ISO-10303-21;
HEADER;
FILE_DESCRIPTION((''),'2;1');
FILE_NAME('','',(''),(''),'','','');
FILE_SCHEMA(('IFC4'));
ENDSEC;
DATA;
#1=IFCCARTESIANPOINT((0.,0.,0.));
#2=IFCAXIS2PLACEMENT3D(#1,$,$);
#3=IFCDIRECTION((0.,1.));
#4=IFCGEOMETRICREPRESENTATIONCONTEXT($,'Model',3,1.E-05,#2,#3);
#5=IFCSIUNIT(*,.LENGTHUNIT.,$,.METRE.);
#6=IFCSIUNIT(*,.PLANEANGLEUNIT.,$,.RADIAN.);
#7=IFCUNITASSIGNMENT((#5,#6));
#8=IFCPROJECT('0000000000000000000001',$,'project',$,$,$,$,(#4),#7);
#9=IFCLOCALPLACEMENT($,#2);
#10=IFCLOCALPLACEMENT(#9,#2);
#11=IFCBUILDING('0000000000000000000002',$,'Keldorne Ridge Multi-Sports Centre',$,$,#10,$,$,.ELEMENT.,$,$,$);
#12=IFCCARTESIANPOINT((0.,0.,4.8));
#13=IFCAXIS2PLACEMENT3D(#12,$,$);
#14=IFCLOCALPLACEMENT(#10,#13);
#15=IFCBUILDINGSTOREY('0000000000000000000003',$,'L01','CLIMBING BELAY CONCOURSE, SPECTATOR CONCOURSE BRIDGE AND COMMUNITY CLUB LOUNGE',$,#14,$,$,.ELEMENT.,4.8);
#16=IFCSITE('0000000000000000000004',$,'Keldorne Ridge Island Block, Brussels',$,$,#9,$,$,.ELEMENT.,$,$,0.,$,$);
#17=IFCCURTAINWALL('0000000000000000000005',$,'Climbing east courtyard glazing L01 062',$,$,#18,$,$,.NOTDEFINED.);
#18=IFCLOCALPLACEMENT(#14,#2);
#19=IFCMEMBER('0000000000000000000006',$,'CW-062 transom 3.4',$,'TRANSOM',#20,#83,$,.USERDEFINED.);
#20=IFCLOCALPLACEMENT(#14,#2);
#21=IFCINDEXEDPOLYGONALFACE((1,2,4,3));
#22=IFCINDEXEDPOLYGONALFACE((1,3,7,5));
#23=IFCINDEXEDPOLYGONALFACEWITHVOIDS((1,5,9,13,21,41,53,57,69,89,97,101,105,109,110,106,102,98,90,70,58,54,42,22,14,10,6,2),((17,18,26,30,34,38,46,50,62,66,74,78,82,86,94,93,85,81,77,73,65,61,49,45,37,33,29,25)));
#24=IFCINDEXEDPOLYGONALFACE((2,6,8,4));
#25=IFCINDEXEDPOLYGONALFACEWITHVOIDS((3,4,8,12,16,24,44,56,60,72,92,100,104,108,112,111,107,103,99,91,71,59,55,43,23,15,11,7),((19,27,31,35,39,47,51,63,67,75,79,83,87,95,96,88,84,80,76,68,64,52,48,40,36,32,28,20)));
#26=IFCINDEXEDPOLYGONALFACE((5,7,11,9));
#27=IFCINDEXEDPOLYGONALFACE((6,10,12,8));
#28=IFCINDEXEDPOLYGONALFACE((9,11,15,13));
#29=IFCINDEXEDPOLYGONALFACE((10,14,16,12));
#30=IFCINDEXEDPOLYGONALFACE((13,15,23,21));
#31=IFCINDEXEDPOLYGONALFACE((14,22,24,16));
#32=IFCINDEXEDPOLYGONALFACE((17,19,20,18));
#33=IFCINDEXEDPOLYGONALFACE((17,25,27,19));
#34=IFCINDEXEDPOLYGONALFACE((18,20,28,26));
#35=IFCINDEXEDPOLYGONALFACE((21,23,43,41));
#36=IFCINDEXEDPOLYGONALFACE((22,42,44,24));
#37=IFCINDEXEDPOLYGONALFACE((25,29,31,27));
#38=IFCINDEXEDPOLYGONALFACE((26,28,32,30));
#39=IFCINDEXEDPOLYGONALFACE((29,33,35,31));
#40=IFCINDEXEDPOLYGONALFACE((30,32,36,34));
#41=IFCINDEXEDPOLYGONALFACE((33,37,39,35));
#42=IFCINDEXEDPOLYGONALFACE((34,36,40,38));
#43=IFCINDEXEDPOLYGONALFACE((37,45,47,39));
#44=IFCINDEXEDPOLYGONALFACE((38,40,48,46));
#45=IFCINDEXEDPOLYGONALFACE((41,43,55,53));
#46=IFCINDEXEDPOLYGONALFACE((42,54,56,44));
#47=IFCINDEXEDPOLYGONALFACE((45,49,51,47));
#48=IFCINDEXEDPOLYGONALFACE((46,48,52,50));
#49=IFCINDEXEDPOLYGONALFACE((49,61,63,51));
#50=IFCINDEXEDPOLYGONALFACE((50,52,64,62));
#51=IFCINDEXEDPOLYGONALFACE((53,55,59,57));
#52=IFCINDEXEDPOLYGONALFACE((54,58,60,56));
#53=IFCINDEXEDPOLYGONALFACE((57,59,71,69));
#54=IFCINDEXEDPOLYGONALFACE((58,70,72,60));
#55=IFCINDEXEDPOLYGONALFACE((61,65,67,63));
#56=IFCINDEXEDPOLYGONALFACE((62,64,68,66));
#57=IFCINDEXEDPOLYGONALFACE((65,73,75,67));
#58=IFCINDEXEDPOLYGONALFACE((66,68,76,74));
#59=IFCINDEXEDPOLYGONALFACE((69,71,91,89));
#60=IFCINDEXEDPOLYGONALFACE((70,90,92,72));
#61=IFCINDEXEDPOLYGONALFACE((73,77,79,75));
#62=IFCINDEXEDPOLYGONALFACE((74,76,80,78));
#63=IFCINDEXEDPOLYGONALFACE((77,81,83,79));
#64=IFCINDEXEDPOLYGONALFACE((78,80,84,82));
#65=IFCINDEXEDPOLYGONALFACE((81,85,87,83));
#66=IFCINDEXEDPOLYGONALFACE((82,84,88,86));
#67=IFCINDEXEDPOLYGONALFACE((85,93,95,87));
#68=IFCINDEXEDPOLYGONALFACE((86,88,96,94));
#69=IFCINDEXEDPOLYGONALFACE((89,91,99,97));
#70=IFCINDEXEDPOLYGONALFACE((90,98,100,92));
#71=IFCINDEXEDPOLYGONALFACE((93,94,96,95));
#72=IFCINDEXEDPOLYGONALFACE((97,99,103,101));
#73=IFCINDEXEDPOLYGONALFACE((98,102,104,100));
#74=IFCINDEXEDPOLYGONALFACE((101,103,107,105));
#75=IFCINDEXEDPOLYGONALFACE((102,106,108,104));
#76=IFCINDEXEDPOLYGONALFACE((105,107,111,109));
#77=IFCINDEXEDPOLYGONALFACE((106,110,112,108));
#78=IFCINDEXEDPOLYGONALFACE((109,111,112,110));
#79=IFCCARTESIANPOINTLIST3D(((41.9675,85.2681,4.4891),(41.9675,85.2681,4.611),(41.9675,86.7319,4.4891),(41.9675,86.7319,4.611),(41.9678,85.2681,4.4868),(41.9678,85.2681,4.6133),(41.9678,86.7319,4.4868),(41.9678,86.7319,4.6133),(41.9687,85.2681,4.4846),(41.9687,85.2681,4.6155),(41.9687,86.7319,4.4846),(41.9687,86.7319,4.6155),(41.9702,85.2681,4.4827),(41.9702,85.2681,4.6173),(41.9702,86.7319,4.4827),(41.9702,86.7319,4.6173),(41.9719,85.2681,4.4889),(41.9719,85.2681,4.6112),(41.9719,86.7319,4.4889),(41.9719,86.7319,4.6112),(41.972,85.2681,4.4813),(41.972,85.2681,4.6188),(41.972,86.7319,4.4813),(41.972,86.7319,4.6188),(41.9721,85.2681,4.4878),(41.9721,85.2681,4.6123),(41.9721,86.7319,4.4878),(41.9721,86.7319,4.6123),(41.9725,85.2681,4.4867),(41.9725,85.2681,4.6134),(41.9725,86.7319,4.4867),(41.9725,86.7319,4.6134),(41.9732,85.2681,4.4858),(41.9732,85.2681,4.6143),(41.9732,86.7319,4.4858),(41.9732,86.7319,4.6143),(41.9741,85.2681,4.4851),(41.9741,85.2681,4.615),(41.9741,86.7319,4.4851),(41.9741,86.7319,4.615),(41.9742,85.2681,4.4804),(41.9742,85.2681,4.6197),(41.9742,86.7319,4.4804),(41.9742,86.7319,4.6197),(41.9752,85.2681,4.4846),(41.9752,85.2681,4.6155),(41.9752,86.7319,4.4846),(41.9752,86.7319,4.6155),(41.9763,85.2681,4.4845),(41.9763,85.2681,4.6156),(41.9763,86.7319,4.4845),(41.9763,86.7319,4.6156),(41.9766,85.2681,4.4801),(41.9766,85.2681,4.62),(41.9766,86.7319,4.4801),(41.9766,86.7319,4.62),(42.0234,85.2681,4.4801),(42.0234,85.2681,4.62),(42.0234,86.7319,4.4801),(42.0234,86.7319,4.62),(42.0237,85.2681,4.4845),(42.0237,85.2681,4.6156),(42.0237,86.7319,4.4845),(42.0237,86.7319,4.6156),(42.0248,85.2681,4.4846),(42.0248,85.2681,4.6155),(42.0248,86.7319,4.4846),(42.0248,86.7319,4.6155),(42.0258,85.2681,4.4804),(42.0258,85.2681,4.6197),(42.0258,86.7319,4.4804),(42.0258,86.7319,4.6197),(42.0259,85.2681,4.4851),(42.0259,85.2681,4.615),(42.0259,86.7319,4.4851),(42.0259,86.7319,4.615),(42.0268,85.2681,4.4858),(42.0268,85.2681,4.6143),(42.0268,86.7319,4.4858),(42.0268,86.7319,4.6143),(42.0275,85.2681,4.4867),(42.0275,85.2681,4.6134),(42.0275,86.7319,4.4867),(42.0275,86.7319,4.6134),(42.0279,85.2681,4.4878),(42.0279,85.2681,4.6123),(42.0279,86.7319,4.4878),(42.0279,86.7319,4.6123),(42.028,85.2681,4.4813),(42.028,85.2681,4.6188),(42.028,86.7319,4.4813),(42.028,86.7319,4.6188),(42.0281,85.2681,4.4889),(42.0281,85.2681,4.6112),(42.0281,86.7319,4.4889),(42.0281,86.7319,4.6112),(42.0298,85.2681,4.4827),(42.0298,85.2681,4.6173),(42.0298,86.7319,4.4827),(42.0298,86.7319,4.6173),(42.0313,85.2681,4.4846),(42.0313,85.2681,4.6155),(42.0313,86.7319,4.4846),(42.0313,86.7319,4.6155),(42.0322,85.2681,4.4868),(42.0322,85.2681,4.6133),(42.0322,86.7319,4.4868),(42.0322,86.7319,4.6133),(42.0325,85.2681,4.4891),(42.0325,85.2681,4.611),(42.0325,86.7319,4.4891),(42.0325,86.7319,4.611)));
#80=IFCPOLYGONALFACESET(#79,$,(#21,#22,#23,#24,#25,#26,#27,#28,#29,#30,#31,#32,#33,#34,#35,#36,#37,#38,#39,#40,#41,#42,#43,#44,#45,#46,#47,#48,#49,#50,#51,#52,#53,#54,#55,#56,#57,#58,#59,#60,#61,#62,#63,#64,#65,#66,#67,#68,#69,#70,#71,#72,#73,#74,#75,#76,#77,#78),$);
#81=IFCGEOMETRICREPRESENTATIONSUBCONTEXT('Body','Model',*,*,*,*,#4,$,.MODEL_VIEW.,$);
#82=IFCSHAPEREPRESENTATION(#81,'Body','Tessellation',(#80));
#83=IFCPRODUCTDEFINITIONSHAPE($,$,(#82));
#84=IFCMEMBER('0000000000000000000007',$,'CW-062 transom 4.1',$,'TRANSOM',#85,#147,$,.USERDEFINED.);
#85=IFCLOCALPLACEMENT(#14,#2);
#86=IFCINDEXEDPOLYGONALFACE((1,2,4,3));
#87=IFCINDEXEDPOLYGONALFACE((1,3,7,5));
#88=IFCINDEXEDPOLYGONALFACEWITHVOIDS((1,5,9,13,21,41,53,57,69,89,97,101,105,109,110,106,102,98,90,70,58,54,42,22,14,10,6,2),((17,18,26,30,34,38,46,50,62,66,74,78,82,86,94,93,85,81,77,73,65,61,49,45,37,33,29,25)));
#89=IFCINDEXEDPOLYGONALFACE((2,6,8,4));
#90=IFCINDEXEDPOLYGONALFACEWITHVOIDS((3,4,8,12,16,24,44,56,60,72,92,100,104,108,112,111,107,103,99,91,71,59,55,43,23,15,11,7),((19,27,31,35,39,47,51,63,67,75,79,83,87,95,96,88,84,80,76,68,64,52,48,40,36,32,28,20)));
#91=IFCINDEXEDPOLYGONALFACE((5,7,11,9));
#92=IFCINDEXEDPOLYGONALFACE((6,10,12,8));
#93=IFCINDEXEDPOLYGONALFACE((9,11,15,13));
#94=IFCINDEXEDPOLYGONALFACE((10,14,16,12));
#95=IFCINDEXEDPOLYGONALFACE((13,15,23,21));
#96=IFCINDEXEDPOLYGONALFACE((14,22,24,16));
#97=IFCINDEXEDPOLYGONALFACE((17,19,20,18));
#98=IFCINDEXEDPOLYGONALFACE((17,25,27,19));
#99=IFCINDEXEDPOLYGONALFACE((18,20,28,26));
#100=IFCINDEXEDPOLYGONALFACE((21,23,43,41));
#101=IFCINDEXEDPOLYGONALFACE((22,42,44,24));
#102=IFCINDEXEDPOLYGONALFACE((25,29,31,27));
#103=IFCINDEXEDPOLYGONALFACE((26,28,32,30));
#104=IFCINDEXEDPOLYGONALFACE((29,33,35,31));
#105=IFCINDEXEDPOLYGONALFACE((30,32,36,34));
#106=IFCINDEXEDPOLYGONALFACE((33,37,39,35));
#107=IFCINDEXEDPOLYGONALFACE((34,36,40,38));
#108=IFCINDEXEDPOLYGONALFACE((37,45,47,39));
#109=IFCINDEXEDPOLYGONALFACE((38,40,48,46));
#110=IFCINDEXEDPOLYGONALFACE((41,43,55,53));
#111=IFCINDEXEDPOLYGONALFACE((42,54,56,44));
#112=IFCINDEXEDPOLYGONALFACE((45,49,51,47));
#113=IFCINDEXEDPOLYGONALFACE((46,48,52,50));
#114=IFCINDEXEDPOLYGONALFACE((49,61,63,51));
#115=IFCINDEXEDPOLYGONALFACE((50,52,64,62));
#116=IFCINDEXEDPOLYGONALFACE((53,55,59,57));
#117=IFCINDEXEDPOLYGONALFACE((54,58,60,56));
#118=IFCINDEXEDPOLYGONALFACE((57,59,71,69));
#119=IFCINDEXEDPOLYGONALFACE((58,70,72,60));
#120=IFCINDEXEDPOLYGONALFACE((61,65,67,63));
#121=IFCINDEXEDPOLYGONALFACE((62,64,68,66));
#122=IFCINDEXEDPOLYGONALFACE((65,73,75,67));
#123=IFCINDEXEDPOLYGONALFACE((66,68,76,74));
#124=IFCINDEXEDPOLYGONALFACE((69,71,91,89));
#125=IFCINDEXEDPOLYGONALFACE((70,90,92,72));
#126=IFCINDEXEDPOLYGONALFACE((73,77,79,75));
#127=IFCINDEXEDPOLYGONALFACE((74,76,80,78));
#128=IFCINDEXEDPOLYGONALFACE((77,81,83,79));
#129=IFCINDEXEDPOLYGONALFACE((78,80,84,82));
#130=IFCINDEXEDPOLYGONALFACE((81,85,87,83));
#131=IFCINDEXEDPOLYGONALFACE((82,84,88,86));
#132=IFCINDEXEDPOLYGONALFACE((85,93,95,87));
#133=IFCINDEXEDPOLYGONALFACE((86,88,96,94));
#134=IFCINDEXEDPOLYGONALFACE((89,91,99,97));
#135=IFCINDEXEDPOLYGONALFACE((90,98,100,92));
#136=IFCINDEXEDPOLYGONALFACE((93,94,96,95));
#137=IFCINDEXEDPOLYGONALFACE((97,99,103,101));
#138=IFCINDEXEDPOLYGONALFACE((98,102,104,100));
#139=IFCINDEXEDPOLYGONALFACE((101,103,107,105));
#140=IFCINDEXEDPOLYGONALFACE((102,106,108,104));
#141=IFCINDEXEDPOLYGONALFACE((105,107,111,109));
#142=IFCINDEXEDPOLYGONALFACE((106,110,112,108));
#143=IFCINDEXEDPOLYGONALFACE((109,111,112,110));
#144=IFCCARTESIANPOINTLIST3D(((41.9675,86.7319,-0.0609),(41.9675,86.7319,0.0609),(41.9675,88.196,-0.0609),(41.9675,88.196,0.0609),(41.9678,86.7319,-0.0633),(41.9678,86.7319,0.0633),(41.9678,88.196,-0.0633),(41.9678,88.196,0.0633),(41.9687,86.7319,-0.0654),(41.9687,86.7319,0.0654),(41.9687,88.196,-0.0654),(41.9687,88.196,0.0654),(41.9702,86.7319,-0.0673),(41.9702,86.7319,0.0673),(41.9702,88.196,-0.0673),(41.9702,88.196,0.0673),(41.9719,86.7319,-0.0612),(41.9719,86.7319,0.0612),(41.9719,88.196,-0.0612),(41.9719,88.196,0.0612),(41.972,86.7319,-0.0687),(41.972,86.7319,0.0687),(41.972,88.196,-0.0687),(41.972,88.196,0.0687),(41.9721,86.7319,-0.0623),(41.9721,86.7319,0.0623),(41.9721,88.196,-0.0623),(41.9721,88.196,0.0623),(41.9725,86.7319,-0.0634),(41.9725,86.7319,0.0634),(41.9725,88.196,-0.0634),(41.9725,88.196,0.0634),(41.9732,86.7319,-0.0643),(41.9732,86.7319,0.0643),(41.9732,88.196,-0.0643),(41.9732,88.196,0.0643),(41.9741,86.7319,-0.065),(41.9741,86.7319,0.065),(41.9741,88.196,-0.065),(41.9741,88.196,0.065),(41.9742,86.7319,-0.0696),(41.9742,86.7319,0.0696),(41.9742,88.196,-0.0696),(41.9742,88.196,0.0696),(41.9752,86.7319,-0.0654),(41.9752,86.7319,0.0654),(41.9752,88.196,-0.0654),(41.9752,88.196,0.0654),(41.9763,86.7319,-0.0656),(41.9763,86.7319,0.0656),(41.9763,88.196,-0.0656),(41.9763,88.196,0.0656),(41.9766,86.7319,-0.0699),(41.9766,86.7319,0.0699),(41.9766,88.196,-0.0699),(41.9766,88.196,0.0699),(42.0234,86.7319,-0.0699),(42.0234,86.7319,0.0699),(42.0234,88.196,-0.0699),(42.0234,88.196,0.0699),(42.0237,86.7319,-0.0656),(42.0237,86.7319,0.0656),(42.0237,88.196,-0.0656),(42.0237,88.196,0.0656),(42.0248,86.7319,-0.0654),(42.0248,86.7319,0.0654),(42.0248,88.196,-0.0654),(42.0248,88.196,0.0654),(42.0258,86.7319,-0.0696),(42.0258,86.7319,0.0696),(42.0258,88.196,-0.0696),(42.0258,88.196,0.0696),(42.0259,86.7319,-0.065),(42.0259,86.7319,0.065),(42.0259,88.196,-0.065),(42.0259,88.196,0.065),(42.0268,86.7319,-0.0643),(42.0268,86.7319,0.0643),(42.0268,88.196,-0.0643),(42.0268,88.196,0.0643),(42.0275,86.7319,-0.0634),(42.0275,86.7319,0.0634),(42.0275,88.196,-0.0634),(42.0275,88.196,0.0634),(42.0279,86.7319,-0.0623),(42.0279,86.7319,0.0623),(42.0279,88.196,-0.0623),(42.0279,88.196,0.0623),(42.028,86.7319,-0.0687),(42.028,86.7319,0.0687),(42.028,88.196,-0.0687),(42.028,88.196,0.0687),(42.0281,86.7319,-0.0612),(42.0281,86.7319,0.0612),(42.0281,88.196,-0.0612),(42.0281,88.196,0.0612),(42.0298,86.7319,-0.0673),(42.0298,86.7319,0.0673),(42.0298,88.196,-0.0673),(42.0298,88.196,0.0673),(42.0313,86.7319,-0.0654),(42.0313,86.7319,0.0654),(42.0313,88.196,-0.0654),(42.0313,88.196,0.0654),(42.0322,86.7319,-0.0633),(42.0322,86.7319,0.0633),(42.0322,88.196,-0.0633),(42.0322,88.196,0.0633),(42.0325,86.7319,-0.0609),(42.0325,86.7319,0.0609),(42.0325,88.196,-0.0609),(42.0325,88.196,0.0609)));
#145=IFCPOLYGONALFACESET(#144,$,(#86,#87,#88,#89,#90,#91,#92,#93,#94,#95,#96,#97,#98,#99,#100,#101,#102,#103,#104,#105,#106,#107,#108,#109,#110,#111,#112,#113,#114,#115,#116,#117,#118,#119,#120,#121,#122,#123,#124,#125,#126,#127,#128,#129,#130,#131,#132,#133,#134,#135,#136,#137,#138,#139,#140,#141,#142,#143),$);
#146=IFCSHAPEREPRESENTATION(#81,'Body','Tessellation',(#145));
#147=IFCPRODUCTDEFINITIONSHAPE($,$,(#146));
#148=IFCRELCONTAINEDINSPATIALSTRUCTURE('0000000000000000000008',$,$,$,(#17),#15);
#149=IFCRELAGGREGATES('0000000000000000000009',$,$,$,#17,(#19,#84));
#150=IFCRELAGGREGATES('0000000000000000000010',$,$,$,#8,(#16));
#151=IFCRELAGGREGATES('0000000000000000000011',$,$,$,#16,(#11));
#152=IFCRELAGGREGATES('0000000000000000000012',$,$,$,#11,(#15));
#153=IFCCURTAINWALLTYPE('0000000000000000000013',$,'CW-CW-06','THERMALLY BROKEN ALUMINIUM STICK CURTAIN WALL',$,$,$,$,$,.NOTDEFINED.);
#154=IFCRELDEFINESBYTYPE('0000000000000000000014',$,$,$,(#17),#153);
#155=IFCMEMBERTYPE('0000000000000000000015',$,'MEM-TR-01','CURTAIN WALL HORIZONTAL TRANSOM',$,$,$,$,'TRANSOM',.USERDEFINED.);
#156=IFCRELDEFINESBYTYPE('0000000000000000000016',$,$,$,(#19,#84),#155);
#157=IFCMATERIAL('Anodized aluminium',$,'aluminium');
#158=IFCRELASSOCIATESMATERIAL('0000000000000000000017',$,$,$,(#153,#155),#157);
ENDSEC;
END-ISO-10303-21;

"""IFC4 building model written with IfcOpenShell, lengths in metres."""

from ifc_helpers import new_model, si_unit, direction, frame, origin, origin_2d, place, context, subcontext, project, spatial, hollow_rectangle, extrude, material, material_profile, profile_set, type_object, element, aggregate, save


model = new_model("IFC4")

# Units and contexts
model_context = context("Model", 3, precision=1e-05, world=origin(), true_north=direction((0.0, 1.0)))
body_context = subcontext(model_context, "Body", "Model", "MODEL_VIEW")
ifc_project = project(units=[si_unit("LENGTHUNIT", "METRE"), si_unit("PLANEANGLEUNIT", "RADIAN")], contexts=[model_context])

# Site, building, storey
site_placement = place(None, origin())
site = spatial("IfcSite", under=ifc_project, at=site_placement, Name="Keldorne Ridge Island Block, Brussels", CompositionType="ELEMENT", RefElevation=0.0)
building_placement = place(site_placement, origin())
building = spatial("IfcBuilding", under=site, at=building_placement, Name="Keldorne Ridge Multi-Sports Centre", CompositionType="ELEMENT")
storey_placement = place(building_placement, frame((0.0, 0.0, 4.8)))
storey = spatial("IfcBuildingStorey", under=building, at=storey_placement, Name="L01", Description="CLIMBING BELAY CONCOURSE, SPECTATOR CONCOURSE BRIDGE AND COMMUNITY CLUB LOUNGE", CompositionType="ELEMENT", Elevation=4.8)

# Curtain wall
ifc_material_1 = material(Name="Anodized aluminium", Category="aluminium")
curtain_wall_type_1 = type_object("IfcCurtainWallType", Name="CW-CW-06", Description="THERMALLY BROKEN ALUMINIUM STICK CURTAIN WALL", PredefinedType="NOTDEFINED", material=ifc_material_1)
curtain_wall_1_placement = place(storey_placement, origin())
curtain_wall_1 = element("IfcCurtainWall", 1, at=curtain_wall_1_placement, inside=storey, type_object=curtain_wall_type_1, Name="Climbing east courtyard glazing L01 062", PredefinedType="NOTDEFINED")

# Members
ifc_material_profile_1 = material_profile(ifc_material_1, hollow_rectangle(XDim=0.0649, YDim=0.1399, WallThickness=0.0044, InnerFilletRadius=0.0044, OuterFilletRadius=0.009, at=origin_2d()), Name="ALU TRANSOM 140x65x4.5")
ifc_profile_set_1 = profile_set([ifc_material_profile_1], Name="Anodized aluminium")
member_type_1 = type_object("IfcMemberType", Name="MEM-TR-01", Description="CURTAIN WALL HORIZONTAL TRANSOM", ElementType="TRANSOM", PredefinedType="USERDEFINED", material=ifc_profile_set_1)
member_1_placement = place(storey_placement, frame((42.0, 85.2681, 4.55), z_axis=(0.0, 1.0, 0.0), x_axis=(-1.0, 0.0, 0.0)))
member_1 = element("IfcMember", 2, at=member_1_placement, type_object=member_type_1, Name="CW-062 transom 3.4", ObjectType="TRANSOM", PredefinedType="USERDEFINED", context=body_context, shape_type="SweptSolid", body=[
    extrude(hollow_rectangle(XDim=0.0649, YDim=0.1399, WallThickness=0.0044, InnerFilletRadius=0.0044, OuterFilletRadius=0.009, at=origin_2d()), origin(), (0.0, 0.0, 1.0), 1.4639),
])
member_2_placement = place(storey_placement, frame((42.0, 86.7319, 0.0), z_axis=(0.0, 1.0, 0.0), x_axis=(-1.0, 0.0, 0.0)))
member_2 = element("IfcMember", 3, at=member_2_placement, type_object=member_type_1, Name="CW-062 transom 4.1", ObjectType="TRANSOM", PredefinedType="USERDEFINED", context=body_context, shape_type="SweptSolid", body=[
    extrude(hollow_rectangle(XDim=0.0649, YDim=0.1399, WallThickness=0.0044, InnerFilletRadius=0.0044, OuterFilletRadius=0.009, at=origin_2d()), origin(), (0.0, 0.0, 1.0), 1.4641),
])

aggregate(curtain_wall_1, [member_1, member_2])

save(model, "model.ifc")
